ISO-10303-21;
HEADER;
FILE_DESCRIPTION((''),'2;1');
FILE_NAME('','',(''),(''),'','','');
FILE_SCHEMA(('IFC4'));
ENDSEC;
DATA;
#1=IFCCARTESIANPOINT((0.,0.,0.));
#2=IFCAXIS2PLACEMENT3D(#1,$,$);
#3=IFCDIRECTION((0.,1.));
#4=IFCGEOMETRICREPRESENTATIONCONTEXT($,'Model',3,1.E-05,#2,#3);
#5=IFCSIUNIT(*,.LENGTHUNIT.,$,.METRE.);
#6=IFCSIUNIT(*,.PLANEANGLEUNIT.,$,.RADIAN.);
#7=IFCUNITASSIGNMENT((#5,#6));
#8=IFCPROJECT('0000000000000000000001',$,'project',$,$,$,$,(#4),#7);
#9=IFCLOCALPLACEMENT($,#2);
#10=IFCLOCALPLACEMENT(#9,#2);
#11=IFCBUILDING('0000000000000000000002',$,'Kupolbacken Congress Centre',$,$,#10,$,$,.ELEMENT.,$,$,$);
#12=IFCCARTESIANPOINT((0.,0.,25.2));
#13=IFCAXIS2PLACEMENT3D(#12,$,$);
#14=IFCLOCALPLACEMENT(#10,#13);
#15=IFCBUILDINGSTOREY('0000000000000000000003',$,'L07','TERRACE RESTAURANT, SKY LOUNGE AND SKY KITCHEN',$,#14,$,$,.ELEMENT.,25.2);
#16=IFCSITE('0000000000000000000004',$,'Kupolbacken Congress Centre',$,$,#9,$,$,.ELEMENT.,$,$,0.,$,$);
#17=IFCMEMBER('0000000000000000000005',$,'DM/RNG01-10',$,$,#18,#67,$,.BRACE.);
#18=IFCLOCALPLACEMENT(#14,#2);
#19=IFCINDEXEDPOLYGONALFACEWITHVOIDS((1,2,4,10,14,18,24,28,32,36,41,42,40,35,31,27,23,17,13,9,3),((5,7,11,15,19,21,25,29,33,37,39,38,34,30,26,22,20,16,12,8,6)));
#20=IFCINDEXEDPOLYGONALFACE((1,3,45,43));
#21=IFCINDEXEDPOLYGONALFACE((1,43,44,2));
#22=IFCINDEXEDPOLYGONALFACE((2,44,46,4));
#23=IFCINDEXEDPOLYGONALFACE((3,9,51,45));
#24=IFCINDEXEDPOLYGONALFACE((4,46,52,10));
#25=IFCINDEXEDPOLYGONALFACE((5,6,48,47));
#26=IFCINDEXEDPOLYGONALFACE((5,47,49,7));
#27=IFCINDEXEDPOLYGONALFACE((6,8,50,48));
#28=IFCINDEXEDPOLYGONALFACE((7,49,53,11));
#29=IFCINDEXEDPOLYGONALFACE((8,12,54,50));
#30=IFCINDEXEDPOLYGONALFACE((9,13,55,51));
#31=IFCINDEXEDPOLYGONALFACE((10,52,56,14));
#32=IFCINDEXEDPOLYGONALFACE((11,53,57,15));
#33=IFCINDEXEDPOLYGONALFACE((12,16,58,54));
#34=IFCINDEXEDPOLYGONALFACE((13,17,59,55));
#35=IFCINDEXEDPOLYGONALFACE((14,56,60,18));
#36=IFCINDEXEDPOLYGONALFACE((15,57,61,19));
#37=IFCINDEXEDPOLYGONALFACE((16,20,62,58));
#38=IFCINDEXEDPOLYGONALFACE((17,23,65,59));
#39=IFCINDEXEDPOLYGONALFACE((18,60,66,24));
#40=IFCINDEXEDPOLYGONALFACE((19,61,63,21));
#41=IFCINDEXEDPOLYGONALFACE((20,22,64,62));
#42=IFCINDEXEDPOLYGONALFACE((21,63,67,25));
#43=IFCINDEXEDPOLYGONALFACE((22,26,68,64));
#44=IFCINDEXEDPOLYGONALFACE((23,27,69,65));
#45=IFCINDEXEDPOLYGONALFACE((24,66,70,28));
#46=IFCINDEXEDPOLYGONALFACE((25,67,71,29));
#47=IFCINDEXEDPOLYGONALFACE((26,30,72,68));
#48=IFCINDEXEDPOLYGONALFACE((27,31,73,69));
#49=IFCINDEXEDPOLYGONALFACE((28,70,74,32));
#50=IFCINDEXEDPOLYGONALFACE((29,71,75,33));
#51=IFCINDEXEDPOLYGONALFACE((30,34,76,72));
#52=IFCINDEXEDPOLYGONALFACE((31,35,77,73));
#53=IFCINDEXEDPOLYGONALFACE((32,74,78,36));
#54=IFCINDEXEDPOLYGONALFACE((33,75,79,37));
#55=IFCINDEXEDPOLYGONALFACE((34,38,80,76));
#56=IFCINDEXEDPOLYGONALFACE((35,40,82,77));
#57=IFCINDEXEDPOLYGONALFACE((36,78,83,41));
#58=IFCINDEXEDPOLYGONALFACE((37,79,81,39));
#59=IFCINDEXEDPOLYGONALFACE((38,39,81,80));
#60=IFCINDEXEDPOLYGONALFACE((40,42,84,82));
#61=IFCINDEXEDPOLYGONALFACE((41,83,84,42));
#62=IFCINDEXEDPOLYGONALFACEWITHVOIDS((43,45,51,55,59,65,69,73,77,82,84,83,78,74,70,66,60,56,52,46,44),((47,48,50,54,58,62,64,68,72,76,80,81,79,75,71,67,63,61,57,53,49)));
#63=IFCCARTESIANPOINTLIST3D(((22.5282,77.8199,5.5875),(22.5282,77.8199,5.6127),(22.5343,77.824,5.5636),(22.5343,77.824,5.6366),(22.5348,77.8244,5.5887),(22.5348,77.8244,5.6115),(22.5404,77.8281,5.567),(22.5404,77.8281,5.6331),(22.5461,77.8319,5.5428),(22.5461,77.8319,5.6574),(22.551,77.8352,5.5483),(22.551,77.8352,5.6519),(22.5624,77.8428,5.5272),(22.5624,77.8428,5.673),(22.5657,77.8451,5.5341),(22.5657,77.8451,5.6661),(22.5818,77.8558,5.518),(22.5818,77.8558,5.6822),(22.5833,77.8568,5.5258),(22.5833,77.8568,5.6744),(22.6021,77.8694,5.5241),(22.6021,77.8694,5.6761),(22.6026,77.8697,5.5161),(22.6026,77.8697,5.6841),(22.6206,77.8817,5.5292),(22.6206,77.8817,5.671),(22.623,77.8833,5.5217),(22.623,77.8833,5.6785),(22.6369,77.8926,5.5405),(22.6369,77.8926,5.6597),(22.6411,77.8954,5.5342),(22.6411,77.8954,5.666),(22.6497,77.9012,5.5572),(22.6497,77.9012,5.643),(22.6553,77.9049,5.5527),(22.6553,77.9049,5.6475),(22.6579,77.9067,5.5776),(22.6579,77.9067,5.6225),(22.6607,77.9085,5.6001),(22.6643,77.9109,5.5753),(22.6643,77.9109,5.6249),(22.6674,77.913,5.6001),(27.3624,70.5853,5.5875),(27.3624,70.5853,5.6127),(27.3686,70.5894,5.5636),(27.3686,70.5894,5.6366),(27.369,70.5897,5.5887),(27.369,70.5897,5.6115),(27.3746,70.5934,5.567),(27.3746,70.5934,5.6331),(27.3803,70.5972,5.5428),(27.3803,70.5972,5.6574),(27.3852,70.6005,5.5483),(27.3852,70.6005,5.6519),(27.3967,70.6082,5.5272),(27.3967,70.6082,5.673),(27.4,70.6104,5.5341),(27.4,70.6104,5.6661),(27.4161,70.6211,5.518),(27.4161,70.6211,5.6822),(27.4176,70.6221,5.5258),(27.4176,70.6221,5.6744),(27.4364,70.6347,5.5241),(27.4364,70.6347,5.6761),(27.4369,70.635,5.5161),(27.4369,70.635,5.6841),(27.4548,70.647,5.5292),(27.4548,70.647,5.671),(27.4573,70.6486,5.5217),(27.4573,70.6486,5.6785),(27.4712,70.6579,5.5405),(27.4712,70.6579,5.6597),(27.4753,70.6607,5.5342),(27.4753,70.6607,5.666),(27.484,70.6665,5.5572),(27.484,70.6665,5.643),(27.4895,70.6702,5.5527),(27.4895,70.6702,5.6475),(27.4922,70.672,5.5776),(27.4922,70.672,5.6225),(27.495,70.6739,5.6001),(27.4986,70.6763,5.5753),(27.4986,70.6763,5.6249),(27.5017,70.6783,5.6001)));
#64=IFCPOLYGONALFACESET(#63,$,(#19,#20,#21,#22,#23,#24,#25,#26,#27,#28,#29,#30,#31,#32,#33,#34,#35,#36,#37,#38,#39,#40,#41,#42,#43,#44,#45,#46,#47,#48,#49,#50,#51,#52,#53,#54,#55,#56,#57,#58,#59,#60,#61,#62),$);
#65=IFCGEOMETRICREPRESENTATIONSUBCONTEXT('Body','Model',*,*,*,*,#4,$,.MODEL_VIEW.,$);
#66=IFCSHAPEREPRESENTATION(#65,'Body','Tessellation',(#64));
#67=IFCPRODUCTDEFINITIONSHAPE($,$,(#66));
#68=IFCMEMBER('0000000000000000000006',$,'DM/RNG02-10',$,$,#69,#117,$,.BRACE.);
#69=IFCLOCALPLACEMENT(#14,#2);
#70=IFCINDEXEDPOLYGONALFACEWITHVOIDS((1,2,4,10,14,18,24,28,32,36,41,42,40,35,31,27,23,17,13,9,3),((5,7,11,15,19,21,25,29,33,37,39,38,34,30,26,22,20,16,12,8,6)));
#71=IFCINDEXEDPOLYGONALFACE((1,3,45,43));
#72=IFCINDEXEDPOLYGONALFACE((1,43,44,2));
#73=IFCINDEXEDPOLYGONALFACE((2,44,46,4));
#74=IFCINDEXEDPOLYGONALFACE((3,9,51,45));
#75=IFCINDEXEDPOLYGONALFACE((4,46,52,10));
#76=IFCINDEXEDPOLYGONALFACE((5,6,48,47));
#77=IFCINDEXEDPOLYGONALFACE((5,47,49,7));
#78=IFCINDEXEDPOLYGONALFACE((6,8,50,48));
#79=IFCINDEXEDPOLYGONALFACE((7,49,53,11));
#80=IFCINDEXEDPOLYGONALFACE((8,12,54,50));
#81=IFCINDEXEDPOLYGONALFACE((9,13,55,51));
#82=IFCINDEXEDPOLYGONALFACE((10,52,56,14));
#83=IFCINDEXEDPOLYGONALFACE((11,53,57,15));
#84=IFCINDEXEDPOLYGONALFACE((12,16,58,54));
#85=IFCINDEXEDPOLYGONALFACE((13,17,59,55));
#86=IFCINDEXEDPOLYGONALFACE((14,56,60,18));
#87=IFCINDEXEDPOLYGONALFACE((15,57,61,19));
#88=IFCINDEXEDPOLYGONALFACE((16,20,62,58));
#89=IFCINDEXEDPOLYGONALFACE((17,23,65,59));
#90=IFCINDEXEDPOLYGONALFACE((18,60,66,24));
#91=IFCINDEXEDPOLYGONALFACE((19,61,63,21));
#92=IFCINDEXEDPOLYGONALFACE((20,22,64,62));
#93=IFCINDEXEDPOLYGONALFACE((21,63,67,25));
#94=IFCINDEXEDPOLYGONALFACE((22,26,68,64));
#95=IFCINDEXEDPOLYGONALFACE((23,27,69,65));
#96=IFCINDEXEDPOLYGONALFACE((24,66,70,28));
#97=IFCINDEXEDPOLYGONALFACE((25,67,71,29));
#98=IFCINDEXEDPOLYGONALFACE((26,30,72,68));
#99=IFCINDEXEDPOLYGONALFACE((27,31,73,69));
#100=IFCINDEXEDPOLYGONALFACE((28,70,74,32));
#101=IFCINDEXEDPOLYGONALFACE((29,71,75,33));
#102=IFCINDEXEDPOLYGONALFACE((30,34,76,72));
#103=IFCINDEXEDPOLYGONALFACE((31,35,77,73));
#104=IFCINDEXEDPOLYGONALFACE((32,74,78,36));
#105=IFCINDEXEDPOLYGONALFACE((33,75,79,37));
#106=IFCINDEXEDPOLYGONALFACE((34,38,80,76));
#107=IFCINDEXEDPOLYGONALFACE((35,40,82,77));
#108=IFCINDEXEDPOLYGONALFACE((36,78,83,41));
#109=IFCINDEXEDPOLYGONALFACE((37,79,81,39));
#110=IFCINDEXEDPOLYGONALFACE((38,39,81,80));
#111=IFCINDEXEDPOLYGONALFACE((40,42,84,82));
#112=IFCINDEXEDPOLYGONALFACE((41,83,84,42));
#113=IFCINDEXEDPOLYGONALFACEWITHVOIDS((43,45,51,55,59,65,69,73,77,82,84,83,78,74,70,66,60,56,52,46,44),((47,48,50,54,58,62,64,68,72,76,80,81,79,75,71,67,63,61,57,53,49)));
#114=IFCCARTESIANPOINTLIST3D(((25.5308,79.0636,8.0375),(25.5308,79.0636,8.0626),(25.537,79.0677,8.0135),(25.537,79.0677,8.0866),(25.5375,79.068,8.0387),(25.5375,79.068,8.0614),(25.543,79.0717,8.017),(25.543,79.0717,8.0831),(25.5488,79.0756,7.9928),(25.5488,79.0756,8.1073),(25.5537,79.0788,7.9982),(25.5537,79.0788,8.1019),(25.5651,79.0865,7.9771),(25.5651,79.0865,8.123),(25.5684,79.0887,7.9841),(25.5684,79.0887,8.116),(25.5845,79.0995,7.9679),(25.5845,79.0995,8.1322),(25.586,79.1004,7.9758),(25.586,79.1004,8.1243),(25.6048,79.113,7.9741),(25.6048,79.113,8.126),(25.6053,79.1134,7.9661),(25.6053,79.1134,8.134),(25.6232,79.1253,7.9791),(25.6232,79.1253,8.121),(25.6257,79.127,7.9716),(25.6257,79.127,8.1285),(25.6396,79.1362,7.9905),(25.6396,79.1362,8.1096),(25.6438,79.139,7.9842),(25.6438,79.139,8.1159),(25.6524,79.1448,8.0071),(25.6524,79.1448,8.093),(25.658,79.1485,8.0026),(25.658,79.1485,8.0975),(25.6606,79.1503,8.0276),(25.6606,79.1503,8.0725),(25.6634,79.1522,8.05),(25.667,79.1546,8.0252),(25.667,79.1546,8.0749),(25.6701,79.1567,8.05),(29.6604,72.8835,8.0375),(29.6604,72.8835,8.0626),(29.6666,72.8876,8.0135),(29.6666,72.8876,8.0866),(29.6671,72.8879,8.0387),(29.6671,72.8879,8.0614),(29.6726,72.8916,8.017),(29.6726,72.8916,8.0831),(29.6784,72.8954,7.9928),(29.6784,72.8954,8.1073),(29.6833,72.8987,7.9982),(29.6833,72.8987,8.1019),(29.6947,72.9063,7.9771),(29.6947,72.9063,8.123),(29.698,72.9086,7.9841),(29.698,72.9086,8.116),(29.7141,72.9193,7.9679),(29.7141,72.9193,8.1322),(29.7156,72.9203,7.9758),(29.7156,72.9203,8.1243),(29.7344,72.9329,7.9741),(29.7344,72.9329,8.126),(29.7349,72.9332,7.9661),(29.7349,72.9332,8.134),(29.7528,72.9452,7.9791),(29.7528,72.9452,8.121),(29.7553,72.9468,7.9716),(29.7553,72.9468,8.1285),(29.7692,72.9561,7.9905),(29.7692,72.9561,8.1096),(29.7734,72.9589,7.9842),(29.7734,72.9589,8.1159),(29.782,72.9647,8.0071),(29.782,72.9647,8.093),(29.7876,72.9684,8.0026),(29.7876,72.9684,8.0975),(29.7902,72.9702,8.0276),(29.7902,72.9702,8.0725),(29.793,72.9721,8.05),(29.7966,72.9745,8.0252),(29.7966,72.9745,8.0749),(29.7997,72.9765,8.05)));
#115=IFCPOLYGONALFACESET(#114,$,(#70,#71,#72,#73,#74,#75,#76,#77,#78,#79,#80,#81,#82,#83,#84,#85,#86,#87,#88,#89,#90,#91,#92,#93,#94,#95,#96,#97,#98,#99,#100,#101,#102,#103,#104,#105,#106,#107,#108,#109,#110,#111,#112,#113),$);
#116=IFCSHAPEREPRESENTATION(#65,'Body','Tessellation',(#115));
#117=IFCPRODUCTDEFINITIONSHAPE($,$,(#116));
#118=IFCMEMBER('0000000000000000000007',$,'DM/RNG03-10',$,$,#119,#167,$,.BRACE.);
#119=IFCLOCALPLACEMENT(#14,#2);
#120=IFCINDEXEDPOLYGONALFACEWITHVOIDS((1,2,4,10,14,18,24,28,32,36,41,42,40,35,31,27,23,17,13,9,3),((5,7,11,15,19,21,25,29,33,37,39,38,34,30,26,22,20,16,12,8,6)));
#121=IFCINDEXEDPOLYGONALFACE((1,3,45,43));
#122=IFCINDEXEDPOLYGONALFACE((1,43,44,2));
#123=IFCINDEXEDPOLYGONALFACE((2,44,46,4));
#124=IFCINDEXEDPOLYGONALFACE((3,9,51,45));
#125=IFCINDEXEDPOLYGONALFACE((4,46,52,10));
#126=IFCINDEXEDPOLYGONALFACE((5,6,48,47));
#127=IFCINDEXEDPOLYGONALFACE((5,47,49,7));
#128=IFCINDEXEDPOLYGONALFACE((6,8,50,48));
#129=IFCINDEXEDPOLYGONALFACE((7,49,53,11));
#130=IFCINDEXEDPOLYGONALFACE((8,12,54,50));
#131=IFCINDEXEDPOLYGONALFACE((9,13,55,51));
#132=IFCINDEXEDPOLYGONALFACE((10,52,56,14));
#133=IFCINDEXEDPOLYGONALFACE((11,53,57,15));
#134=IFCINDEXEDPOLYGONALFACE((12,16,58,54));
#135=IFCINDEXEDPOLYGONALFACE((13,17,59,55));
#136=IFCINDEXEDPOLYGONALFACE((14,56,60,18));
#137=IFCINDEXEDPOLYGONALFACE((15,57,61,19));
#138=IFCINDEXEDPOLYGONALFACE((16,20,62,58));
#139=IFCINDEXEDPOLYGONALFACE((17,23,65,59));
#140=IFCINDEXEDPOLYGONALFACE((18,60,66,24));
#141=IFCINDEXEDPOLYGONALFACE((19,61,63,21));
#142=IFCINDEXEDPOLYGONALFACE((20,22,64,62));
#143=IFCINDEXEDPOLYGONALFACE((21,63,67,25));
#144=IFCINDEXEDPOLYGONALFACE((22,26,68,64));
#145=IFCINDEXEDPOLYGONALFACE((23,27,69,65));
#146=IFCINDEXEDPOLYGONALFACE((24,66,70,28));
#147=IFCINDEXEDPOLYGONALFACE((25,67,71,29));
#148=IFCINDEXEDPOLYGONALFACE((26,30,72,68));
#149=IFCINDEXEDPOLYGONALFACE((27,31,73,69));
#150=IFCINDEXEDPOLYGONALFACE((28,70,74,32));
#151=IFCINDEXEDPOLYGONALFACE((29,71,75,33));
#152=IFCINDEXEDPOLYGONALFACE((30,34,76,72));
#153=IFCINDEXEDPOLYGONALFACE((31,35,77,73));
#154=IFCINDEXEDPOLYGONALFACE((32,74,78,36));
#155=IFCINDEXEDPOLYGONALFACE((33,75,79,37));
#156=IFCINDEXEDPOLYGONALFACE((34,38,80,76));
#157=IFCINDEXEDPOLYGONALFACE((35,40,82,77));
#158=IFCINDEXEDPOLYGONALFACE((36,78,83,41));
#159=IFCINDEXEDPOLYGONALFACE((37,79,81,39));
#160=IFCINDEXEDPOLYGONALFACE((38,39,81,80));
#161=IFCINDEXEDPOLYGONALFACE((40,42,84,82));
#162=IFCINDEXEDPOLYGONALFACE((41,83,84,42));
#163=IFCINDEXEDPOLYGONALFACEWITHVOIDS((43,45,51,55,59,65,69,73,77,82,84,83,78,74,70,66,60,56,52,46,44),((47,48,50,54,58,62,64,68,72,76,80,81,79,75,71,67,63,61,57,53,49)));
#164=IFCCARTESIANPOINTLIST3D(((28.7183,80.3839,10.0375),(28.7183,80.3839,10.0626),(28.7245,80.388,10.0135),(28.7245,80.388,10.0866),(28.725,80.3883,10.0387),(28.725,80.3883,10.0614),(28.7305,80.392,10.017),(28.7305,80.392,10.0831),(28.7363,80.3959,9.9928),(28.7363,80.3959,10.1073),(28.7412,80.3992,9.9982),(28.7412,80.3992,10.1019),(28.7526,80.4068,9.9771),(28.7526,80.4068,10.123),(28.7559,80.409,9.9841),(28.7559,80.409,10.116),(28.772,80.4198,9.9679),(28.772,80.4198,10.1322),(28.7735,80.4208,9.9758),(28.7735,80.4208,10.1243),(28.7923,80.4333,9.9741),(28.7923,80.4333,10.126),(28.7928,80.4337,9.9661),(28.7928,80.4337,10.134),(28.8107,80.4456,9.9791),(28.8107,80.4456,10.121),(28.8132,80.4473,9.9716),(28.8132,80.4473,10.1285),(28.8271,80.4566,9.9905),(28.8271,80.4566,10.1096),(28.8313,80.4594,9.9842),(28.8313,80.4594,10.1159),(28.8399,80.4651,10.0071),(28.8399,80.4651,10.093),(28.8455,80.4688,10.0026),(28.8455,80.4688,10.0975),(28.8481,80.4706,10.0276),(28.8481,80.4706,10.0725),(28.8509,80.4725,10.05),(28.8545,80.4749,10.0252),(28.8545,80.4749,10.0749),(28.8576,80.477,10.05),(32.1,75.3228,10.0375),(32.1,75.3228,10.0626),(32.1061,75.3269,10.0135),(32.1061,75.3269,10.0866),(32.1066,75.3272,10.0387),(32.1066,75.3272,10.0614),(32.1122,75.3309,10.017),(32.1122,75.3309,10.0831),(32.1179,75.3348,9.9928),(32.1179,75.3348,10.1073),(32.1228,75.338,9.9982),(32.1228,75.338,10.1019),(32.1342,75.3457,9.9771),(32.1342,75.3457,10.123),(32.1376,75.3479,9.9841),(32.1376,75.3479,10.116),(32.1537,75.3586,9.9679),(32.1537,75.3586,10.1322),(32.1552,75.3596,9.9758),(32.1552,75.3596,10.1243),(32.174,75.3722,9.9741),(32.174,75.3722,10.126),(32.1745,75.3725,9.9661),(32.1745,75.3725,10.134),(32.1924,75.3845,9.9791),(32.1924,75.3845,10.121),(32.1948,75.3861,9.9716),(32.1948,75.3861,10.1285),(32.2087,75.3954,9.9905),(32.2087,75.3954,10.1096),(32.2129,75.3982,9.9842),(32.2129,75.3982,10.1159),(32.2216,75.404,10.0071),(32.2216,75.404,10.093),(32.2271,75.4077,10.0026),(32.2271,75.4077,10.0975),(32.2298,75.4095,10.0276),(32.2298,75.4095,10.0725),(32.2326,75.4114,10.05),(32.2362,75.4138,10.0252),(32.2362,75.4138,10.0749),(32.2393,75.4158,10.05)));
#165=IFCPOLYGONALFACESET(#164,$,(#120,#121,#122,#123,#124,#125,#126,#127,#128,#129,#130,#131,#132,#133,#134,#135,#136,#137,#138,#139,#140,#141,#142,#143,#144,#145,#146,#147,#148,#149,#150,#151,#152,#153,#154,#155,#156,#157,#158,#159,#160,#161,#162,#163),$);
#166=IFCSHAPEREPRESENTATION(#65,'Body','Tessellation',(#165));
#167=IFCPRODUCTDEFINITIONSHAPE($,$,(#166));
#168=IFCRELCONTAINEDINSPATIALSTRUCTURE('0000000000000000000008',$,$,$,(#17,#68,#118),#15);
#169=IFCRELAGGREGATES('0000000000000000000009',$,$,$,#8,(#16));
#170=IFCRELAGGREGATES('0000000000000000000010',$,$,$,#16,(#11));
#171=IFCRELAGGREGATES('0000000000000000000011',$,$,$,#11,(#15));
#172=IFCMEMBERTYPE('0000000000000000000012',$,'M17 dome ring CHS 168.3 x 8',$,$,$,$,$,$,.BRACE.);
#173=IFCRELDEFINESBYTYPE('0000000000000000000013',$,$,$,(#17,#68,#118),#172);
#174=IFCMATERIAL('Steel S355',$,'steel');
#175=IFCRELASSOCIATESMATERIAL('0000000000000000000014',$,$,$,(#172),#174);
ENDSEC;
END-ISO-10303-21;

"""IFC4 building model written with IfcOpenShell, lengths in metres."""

from ifc_helpers import new_model, si_unit, direction, frame, origin, origin_2d, place, context, subcontext, project, spatial, hollow_circle, extrude, material, material_profile, profile_set, type_object, element, save


model = new_model("IFC4")

# Units and contexts
model_context = context("Model", 3, precision=1e-05, world=origin(), true_north=direction((0.0, 1.0)))
body_context = subcontext(model_context, "Body", "Model", "MODEL_VIEW")
ifc_project = project(units=[si_unit("LENGTHUNIT", "METRE"), si_unit("PLANEANGLEUNIT", "RADIAN")], contexts=[model_context])

# Site, building, storey
site_placement = place(None, origin())
site = spatial("IfcSite", under=ifc_project, at=site_placement, Name="Kupolbacken Congress Centre", CompositionType="ELEMENT", RefElevation=0.0)
building_placement = place(site_placement, origin())
building = spatial("IfcBuilding", under=site, at=building_placement, Name="Kupolbacken Congress Centre", CompositionType="ELEMENT")
storey_placement = place(building_placement, frame((0.0, 0.0, 25.2)))
storey = spatial("IfcBuildingStorey", under=building, at=storey_placement, Name="L07", Description="TERRACE RESTAURANT, SKY LOUNGE AND SKY KITCHEN", CompositionType="ELEMENT", Elevation=25.2)

# Members
ifc_material_1 = material(Name="Steel S355", Category="steel")
ifc_material_profile_1 = material_profile(ifc_material_1, hollow_circle(Radius=0.0842, WallThickness=0.0081, at=origin_2d()), Name="CHS 168.3 x 8")
ifc_profile_set_1 = profile_set([ifc_material_profile_1], Name="Steel S355")
member_type_1 = type_object("IfcMemberType", Name="M17 dome ring CHS 168.3 x 8", PredefinedType="BRACE", material=ifc_profile_set_1)
member_1_placement = place(storey_placement, frame((22.5974, 77.8662, 5.6001), z_axis=(0.555587, -0.831458, 0.0), x_axis=(0.831458, 0.555587, 0.0)))
element("IfcMember", 1, at=member_1_placement, inside=storey, type_object=member_type_1, Name="DM/RNG01-10", PredefinedType="BRACE", context=body_context, shape_type="SweptSolid", body=[
    extrude(hollow_circle(Radius=0.0842, WallThickness=0.0081, at=origin_2d()), origin(), (0.0, 0.0, 1.0), 8.7012),
])
member_2_placement = place(storey_placement, frame((25.6001, 79.1099, 8.05), z_axis=(0.555587, -0.831459, 0.0), x_axis=(0.831459, 0.555587, 0.0)))
element("IfcMember", 2, at=member_2_placement, inside=storey, type_object=member_type_1, Name="DM/RNG02-10", PredefinedType="BRACE", context=body_context, shape_type="SweptSolid", body=[
    extrude(hollow_circle(Radius=0.0842, WallThickness=0.0081, at=origin_2d()), origin(), (0.0, 0.0, 1.0), 7.4329),
])
for number, where, z_axis, x_axis, name in (
    (3, (28.7876, 80.4302, 10.05), (0.555561, -0.831476, 0.0), (0.831476, 0.555561, 0.0), "DM/RNG03-10"),
):
    element("IfcMember", number, at=place(storey_placement, frame(where, z_axis=z_axis, x_axis=x_axis)), inside=storey, type_object=member_type_1, Name=name, PredefinedType="BRACE", context=body_context, shape_type="SweptSolid", body=[
        extrude(hollow_circle(Radius=0.0842, WallThickness=0.0081, at=origin_2d()), origin(), (0.0, 0.0, 1.0), 6.0869),
    ])

save(model, "model.ifc")
